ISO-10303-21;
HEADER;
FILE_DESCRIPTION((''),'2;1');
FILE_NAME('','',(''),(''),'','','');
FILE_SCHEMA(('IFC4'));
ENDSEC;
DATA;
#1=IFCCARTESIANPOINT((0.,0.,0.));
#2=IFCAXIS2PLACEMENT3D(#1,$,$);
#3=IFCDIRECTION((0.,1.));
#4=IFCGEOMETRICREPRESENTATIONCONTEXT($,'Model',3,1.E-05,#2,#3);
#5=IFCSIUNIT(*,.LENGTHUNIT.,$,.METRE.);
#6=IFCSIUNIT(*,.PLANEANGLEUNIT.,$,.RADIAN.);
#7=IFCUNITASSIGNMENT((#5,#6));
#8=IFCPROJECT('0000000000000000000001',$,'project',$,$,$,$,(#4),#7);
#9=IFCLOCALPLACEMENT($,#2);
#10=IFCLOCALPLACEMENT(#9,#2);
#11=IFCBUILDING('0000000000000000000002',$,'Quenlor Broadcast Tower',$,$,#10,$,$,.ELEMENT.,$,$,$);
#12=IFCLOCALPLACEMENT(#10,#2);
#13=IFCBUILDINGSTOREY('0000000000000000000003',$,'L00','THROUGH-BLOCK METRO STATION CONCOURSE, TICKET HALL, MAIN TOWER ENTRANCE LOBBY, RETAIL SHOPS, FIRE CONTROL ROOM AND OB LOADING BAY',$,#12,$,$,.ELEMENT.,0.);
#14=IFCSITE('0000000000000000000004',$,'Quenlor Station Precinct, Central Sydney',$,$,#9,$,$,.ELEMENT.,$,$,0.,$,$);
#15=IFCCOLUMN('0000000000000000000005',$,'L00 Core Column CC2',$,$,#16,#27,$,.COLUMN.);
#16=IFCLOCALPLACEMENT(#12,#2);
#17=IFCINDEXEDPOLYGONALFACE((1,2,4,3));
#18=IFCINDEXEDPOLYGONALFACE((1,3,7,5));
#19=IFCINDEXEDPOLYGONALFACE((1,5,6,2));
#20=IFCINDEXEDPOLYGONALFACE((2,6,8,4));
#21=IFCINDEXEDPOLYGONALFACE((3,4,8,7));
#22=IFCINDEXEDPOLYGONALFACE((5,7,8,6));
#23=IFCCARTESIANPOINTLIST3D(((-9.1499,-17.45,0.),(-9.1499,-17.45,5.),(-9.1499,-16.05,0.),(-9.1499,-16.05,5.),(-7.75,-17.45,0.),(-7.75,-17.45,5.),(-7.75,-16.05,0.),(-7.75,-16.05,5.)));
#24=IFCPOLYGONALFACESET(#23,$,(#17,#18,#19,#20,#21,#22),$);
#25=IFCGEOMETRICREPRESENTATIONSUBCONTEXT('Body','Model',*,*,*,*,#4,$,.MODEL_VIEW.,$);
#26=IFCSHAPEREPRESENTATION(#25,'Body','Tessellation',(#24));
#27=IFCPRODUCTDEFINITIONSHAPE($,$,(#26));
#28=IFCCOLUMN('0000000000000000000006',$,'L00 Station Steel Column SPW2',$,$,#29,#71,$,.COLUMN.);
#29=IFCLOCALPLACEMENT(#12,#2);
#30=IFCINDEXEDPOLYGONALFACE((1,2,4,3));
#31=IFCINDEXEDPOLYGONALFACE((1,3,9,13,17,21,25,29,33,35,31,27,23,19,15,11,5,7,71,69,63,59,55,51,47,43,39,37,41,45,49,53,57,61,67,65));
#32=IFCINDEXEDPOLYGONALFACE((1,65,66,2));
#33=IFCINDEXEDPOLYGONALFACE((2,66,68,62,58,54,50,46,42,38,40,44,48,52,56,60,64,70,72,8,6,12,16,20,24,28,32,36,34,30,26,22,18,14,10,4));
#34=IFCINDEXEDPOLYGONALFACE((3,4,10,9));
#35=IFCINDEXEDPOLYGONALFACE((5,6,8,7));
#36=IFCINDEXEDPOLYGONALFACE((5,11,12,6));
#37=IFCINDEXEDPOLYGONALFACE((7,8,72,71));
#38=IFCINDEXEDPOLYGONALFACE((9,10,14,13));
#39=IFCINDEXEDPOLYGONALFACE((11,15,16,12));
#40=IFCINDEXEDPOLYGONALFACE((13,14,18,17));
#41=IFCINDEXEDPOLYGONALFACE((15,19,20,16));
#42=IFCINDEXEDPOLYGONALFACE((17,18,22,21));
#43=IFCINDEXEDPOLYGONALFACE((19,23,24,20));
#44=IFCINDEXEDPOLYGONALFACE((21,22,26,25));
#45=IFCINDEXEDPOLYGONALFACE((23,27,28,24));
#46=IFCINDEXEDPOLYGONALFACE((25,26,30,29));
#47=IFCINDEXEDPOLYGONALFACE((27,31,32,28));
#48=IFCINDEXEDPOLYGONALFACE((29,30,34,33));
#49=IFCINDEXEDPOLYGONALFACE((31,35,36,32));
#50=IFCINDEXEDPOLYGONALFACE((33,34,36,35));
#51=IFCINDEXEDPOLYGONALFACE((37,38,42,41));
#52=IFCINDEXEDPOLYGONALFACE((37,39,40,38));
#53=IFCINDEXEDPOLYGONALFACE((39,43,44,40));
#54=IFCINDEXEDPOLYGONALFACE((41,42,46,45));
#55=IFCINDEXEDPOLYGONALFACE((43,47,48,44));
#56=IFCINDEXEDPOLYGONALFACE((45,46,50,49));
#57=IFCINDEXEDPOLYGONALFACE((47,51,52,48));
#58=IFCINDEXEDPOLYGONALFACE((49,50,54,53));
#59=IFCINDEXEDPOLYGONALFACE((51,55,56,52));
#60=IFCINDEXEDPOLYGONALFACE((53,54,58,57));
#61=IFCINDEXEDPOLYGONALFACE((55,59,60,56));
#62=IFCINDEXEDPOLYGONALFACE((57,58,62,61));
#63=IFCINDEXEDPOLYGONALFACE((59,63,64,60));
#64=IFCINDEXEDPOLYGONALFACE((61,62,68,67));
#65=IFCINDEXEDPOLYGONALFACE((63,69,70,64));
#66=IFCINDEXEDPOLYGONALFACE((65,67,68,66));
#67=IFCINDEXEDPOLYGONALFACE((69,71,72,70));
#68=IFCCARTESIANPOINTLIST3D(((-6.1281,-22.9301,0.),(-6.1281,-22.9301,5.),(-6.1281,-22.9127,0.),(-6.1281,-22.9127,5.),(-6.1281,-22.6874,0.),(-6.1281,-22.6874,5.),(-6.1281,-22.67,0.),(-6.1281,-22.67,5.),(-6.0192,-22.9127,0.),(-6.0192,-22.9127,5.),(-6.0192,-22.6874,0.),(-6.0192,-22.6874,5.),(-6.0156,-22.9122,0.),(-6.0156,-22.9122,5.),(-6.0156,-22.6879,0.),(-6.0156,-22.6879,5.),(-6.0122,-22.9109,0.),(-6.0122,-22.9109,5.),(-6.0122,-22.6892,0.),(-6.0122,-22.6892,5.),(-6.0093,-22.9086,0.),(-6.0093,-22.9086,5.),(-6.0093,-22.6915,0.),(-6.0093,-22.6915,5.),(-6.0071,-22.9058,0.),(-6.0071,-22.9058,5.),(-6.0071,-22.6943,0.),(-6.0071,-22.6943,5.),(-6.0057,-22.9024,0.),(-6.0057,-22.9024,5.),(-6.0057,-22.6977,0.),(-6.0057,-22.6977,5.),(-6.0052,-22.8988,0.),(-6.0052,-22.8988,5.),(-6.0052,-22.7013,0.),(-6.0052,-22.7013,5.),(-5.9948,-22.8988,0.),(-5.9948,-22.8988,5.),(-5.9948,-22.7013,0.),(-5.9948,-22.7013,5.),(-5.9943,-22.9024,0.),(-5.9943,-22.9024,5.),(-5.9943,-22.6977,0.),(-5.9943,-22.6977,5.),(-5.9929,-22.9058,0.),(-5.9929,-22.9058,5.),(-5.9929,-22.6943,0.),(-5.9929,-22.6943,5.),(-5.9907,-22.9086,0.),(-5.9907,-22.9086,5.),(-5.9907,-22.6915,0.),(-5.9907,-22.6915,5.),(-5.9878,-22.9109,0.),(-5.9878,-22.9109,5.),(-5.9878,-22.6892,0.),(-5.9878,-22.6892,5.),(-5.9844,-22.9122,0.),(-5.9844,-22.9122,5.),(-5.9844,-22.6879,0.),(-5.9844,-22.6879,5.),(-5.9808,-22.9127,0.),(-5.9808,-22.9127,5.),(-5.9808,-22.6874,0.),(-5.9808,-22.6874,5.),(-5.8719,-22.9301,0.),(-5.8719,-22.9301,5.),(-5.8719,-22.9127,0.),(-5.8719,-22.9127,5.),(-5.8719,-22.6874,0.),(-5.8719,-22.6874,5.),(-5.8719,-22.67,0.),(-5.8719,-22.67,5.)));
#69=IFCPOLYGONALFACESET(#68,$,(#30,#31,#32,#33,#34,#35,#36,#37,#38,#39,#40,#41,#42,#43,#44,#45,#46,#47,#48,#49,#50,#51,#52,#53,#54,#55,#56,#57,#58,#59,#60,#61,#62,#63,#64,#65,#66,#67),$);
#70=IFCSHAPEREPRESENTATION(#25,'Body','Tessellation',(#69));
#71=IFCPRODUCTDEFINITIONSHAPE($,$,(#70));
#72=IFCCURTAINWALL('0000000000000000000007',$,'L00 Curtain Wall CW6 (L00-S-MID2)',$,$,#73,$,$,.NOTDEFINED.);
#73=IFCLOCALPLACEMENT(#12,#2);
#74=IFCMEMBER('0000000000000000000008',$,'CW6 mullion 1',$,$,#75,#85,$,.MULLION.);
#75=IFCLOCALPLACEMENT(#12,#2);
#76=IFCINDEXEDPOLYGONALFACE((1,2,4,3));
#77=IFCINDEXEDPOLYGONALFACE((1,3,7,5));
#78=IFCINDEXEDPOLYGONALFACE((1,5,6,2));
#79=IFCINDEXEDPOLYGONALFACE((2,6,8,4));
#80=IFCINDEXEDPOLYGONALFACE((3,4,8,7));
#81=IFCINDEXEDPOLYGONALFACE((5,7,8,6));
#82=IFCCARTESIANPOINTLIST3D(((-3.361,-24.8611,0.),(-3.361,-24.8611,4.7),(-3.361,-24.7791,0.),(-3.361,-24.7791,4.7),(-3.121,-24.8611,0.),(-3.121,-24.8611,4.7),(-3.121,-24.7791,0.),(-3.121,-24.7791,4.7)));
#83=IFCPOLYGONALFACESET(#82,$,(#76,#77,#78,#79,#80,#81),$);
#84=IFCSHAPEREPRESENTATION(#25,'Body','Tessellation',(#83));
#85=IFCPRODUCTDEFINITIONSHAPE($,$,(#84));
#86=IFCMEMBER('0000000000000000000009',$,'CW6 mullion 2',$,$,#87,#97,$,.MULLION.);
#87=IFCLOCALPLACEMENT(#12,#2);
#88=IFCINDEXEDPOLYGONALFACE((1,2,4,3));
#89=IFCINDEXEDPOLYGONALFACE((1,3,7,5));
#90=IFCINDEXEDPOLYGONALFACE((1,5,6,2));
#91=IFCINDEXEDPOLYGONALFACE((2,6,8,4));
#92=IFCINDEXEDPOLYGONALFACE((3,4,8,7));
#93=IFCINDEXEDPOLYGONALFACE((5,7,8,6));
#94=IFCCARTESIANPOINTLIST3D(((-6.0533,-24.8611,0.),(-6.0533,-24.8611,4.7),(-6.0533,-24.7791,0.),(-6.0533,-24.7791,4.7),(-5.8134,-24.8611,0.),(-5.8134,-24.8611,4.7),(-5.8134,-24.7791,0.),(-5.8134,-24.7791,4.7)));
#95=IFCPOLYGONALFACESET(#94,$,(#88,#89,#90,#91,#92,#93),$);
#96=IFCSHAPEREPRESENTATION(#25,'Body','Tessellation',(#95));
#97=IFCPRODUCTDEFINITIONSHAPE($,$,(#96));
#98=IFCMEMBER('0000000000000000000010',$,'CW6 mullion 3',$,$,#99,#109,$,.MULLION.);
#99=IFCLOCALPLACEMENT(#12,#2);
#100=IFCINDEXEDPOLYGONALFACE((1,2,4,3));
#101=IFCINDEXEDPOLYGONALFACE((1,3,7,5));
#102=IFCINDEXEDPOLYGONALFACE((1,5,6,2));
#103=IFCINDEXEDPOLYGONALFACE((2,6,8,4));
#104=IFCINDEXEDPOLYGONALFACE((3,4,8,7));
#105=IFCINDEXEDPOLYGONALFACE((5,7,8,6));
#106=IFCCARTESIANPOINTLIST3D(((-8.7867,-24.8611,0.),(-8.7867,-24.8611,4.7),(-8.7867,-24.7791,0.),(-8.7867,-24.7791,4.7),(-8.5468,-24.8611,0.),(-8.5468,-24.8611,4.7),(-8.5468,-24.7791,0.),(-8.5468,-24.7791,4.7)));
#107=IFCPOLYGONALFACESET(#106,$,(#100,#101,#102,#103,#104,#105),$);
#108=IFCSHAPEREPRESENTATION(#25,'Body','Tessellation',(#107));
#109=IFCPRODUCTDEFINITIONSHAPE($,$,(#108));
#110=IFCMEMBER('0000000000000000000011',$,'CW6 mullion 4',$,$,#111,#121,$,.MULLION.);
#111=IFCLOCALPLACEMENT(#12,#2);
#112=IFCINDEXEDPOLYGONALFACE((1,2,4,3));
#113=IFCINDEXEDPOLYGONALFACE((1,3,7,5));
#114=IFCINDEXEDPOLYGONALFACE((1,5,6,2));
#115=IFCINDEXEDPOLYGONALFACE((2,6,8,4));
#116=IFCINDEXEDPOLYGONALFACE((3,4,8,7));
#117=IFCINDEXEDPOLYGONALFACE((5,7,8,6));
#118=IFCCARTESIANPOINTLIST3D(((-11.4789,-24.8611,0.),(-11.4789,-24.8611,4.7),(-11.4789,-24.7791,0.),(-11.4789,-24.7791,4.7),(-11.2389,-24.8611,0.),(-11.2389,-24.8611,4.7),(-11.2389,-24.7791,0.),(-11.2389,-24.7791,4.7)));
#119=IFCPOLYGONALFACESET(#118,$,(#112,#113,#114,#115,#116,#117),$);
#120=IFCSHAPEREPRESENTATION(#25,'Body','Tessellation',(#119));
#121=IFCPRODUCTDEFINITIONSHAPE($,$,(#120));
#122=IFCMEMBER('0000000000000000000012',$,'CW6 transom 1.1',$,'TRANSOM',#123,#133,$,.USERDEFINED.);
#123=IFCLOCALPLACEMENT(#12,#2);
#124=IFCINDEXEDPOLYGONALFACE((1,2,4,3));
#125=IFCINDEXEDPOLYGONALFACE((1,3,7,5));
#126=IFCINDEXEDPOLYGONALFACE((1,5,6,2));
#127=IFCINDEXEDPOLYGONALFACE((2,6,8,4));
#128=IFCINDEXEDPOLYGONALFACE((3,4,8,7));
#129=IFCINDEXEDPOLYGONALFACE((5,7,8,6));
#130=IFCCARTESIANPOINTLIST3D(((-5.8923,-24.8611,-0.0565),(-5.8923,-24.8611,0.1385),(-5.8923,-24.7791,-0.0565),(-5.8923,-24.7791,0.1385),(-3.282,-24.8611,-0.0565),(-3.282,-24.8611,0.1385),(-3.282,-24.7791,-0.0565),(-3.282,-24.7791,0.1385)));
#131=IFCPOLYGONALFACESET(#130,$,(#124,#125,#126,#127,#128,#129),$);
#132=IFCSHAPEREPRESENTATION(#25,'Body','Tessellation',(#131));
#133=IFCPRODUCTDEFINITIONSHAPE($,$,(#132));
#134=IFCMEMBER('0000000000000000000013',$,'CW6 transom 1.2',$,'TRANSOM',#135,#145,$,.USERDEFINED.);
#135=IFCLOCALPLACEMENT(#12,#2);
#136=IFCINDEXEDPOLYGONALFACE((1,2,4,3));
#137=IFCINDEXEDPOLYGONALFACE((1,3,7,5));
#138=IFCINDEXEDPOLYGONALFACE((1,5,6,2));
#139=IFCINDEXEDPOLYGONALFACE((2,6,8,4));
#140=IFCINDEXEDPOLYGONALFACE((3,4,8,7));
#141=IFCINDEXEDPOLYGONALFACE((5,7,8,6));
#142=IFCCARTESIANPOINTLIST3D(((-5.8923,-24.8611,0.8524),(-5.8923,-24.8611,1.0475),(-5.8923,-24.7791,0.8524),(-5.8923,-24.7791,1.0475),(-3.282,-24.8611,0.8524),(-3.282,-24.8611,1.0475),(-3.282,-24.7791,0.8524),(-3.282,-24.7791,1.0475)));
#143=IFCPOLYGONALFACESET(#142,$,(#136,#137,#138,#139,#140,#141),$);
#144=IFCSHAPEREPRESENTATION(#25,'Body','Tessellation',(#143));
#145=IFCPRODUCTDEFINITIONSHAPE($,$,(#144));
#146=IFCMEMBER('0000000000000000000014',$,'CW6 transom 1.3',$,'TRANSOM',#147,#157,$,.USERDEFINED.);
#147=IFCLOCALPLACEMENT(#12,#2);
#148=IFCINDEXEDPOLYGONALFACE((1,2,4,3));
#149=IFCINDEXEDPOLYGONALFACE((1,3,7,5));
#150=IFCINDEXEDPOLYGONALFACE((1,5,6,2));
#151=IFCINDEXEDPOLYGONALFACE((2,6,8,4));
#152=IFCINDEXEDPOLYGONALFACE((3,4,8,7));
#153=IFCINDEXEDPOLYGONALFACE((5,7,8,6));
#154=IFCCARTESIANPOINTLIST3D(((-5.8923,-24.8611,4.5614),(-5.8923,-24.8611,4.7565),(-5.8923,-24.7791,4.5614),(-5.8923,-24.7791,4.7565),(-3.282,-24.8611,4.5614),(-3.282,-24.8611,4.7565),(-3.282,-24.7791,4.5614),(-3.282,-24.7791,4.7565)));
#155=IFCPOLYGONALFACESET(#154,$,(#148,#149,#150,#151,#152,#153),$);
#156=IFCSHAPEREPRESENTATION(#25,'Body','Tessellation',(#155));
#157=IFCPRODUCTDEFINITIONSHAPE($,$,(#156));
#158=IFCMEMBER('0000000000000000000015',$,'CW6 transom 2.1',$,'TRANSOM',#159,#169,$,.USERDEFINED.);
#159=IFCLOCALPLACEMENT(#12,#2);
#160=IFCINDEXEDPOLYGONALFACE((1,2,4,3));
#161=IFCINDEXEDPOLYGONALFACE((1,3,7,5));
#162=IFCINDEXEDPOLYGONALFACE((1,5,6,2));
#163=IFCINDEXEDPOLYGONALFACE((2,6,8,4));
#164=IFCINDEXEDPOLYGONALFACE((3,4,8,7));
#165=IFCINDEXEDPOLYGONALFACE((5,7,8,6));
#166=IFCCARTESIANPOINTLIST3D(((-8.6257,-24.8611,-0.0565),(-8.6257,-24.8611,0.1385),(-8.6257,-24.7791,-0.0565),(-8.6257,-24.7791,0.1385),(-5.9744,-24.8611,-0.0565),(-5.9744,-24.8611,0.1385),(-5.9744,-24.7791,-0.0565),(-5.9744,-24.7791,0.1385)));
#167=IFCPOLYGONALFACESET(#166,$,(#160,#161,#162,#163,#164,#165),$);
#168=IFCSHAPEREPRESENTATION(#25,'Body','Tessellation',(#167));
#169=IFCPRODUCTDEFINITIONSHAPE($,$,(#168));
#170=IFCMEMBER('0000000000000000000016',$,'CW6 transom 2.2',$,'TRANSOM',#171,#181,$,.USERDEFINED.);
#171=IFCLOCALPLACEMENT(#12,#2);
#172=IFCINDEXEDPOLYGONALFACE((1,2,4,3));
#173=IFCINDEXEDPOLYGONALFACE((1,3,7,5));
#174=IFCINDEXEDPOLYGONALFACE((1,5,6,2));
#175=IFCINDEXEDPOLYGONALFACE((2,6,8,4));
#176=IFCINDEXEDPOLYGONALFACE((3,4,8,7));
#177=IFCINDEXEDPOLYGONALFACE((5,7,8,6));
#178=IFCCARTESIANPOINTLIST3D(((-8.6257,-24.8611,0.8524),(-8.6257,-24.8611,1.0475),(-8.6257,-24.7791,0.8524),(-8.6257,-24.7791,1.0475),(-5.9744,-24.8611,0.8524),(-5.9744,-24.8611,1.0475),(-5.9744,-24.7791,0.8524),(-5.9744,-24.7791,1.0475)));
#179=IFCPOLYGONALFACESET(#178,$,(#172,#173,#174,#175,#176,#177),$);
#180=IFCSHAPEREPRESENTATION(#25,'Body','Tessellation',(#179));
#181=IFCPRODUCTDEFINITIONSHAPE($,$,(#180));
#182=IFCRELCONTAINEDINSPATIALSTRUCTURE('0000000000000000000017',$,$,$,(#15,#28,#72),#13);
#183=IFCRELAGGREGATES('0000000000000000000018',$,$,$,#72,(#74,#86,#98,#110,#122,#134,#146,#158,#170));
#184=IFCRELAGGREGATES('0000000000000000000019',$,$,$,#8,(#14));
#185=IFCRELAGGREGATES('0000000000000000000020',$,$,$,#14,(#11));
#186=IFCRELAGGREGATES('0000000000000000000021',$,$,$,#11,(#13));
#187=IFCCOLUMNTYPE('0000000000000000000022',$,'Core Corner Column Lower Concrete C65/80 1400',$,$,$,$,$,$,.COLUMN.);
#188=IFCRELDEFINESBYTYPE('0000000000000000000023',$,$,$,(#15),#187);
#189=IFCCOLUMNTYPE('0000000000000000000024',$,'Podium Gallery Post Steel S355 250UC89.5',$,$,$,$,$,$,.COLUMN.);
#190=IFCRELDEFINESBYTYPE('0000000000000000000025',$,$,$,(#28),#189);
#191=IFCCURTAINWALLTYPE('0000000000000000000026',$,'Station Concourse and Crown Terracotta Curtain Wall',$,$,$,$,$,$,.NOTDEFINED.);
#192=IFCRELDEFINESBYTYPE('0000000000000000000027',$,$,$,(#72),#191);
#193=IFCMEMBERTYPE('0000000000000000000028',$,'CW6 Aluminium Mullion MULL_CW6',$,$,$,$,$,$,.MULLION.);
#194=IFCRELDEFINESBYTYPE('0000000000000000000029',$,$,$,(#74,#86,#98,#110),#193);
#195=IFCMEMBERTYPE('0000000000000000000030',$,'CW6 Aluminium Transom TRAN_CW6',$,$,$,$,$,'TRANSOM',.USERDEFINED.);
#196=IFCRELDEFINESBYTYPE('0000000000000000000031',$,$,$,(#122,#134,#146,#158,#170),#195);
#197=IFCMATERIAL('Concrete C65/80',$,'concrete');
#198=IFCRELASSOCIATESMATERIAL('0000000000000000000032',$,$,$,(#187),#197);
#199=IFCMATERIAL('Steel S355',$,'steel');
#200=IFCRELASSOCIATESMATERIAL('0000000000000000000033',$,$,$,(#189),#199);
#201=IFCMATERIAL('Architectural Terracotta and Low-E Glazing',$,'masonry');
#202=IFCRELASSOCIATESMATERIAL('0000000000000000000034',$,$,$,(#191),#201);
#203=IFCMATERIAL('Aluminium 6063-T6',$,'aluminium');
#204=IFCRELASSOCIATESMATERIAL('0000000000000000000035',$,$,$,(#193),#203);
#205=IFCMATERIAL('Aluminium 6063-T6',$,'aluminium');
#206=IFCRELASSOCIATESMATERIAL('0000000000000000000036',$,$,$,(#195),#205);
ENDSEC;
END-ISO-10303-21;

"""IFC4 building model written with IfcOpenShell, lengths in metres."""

from ifc_helpers import new_model, si_unit, direction, frame, origin, origin_2d, place, context, subcontext, project, spatial, rectangle, i_section, extrude, material, material_profile, profile_set, type_object, element, aggregate, save


model = new_model("IFC4")

# Units and contexts
model_context = context("Model", 3, precision=1e-05, world=origin(), true_north=direction((0.0, 1.0)))
body_context = subcontext(model_context, "Body", "Model", "MODEL_VIEW")
ifc_project = project(units=[si_unit("LENGTHUNIT", "METRE"), si_unit("PLANEANGLEUNIT", "RADIAN")], contexts=[model_context])

# Site, building, storey
site_placement = place(None, origin())
site = spatial("IfcSite", under=ifc_project, at=site_placement, Name="Quenlor Station Precinct, Central Sydney", CompositionType="ELEMENT", RefElevation=0.0)
building_placement = place(site_placement, origin())
building = spatial("IfcBuilding", under=site, at=building_placement, Name="Quenlor Broadcast Tower", CompositionType="ELEMENT")
storey_placement = place(building_placement, origin())
storey = spatial("IfcBuildingStorey", under=building, at=storey_placement, Name="L00", Description="THROUGH-BLOCK METRO STATION CONCOURSE, TICKET HALL, MAIN TOWER ENTRANCE LOBBY, RETAIL SHOPS, FIRE CONTROL ROOM AND OB LOADING BAY", CompositionType="ELEMENT", Elevation=0.0)

# Columns
ifc_material_1 = material(Name="Concrete C65/80", Category="concrete")
ifc_material_profile_1 = material_profile(ifc_material_1, rectangle(XDim=1.3999, YDim=1.3999, at=origin_2d()))
ifc_profile_set_1 = profile_set([ifc_material_profile_1], Name="Concrete C65/80 RC1400x1400")
column_type_1 = type_object("IfcColumnType", Name="Core Corner Column Lower Concrete C65/80 1400", PredefinedType="COLUMN", material=ifc_profile_set_1)
column_1_placement = place(storey_placement, frame((-8.45, -16.75, 0.0), z_axis=(0.0, 0.0, 1.0), x_axis=(1.0, 0.0, 0.0)))
element("IfcColumn", 1, at=column_1_placement, inside=storey, type_object=column_type_1, Name="L00 Core Column CC2", PredefinedType="COLUMN", context=body_context, shape_type="SweptSolid", body=[
    extrude(rectangle(XDim=1.3999, YDim=1.3999, at=origin_2d()), origin(), (0.0, 0.0, 1.0), 5.0),
])
ifc_material_2 = material(Name="Steel S355", Category="steel")
ifc_material_profile_2 = material_profile(ifc_material_2, i_section(OverallWidth=0.2561, OverallDepth=0.26, WebThickness=0.0105, FlangeThickness=0.0173, FilletRadius=0.0139, at=origin_2d()))
ifc_profile_set_2 = profile_set([ifc_material_profile_2], Name="Steel S355 250UC89.5")
column_type_2 = type_object("IfcColumnType", Name="Podium Gallery Post Steel S355 250UC89.5", PredefinedType="COLUMN", material=ifc_profile_set_2)
column_2_placement = place(storey_placement, frame((-6.0, -22.8, 0.0), z_axis=(0.0, 0.0, 1.0), x_axis=(1.0, 0.0, 0.0)))
element("IfcColumn", 2, at=column_2_placement, inside=storey, type_object=column_type_2, Name="L00 Station Steel Column SPW2", PredefinedType="COLUMN", context=body_context, shape_type="SweptSolid", body=[
    extrude(i_section(OverallWidth=0.2561, OverallDepth=0.26, WebThickness=0.0105, FlangeThickness=0.0173, FilletRadius=0.0139, at=origin_2d()), origin(), (0.0, 0.0, 1.0), 5.0),
])

# Curtain wall, members
ifc_material_3 = material(Name="Architectural Terracotta and Low-E Glazing", Category="masonry")
curtain_wall_type = type_object("IfcCurtainWallType", Name="Station Concourse and Crown Terracotta Curtain Wall", PredefinedType="NOTDEFINED", material=ifc_material_3)
curtain_wall_placement = place(storey_placement, origin())
curtain_wall = element("IfcCurtainWall", 3, at=curtain_wall_placement, inside=storey, type_object=curtain_wall_type, Name="L00 Curtain Wall CW6 (L00-S-MID2)", PredefinedType="NOTDEFINED")
ifc_material_4 = material(Name="Aluminium 6063-T6", Category="aluminium")
ifc_material_profile_3 = material_profile(ifc_material_4, rectangle(XDim=0.082, YDim=0.24, at=origin_2d()))
ifc_profile_set_3 = profile_set([ifc_material_profile_3], Name="Aluminium 6063-T6 MULL82x240")
member_type_1 = type_object("IfcMemberType", Name="CW6 Aluminium Mullion MULL_CW6", PredefinedType="MULLION", material=ifc_profile_set_3)
member_1_placement = place(storey_placement, frame((-3.241, -24.8201, 0.0), z_axis=(0.0, 0.0, 1.0), x_axis=(0.0, -1.0, 0.0)))
member_1 = element("IfcMember", 4, at=member_1_placement, type_object=member_type_1, Name="CW6 mullion 1", PredefinedType="MULLION", context=body_context, shape_type="SweptSolid", body=[
    extrude(rectangle(XDim=0.082, YDim=0.24, at=origin_2d()), origin(), (0.0, 0.0, 1.0), 4.7),
])
member_2_placement = place(storey_placement, frame((-5.9333, -24.8201, 0.0), z_axis=(0.0, 0.0, 1.0), x_axis=(0.0, -1.0, 0.0)))
member_2 = element("IfcMember", 5, at=member_2_placement, type_object=member_type_1, Name="CW6 mullion 2", PredefinedType="MULLION", context=body_context, shape_type="SweptSolid", body=[
    extrude(rectangle(XDim=0.082, YDim=0.24, at=origin_2d()), origin(), (0.0, 0.0, 1.0), 4.7),
])
member_3_placement = place(storey_placement, frame((-8.6667, -24.8201, 0.0), z_axis=(0.0, 0.0, 1.0), x_axis=(0.0, -1.0, 0.0)))
member_3 = element("IfcMember", 6, at=member_3_placement, type_object=member_type_1, Name="CW6 mullion 3", PredefinedType="MULLION", context=body_context, shape_type="SweptSolid", body=[
    extrude(rectangle(XDim=0.082, YDim=0.24, at=origin_2d()), origin(), (0.0, 0.0, 1.0), 4.7),
])
member_4_placement = place(storey_placement, frame((-11.3589, -24.8201, 0.0), z_axis=(0.0, 0.0, 1.0), x_axis=(0.0, -1.0, 0.0)))
member_4 = element("IfcMember", 7, at=member_4_placement, type_object=member_type_1, Name="CW6 mullion 4", PredefinedType="MULLION", context=body_context, shape_type="SweptSolid", body=[
    extrude(rectangle(XDim=0.082, YDim=0.24, at=origin_2d()), origin(), (0.0, 0.0, 1.0), 4.7),
])
ifc_material_5 = material(Name="Aluminium 6063-T6", Category="aluminium")
ifc_material_profile_4 = material_profile(ifc_material_5, rectangle(XDim=0.082, YDim=0.1951, at=origin_2d()))
ifc_profile_set_4 = profile_set([ifc_material_profile_4], Name="Aluminium 6063-T6 TRAN82x195")
member_type_2 = type_object("IfcMemberType", Name="CW6 Aluminium Transom TRAN_CW6", ElementType="TRANSOM", PredefinedType="USERDEFINED", material=ifc_profile_set_4)
member_5_placement = place(storey_placement, frame((-3.282, -24.8201, 0.041), z_axis=(-1.0, 0.0, 0.0), x_axis=(0.0, -1.0, 0.0)))
member_5 = element("IfcMember", 8, at=member_5_placement, type_object=member_type_2, Name="CW6 transom 1.1", ObjectType="TRANSOM", PredefinedType="USERDEFINED", context=body_context, shape_type="SweptSolid", body=[
    extrude(rectangle(XDim=0.082, YDim=0.1951, at=origin_2d()), origin(), (0.0, 0.0, 1.0), 2.6104),
])
member_6_placement = place(storey_placement, frame((-3.282, -24.8201, 0.95), z_axis=(-1.0, 0.0, 0.0), x_axis=(0.0, -1.0, 0.0)))
member_6 = element("IfcMember", 9, at=member_6_placement, type_object=member_type_2, Name="CW6 transom 1.2", ObjectType="TRANSOM", PredefinedType="USERDEFINED", context=body_context, shape_type="SweptSolid", body=[
    extrude(rectangle(XDim=0.082, YDim=0.1951, at=origin_2d()), origin(), (0.0, 0.0, 1.0), 2.6104),
])
member_7_placement = place(storey_placement, frame((-3.282, -24.8201, 4.6589), z_axis=(-1.0, 0.0, 0.0), x_axis=(0.0, -1.0, 0.0)))
member_7 = element("IfcMember", 10, at=member_7_placement, type_object=member_type_2, Name="CW6 transom 1.3", ObjectType="TRANSOM", PredefinedType="USERDEFINED", context=body_context, shape_type="SweptSolid", body=[
    extrude(rectangle(XDim=0.082, YDim=0.1951, at=origin_2d()), origin(), (0.0, 0.0, 1.0), 2.6104),
])
member_8_placement = place(storey_placement, frame((-5.9744, -24.8201, 0.041), z_axis=(-1.0, 0.0, 0.0), x_axis=(0.0, -1.0, 0.0)))
member_8 = element("IfcMember", 11, at=member_8_placement, type_object=member_type_2, Name="CW6 transom 2.1", ObjectType="TRANSOM", PredefinedType="USERDEFINED", context=body_context, shape_type="SweptSolid", body=[
    extrude(rectangle(XDim=0.082, YDim=0.1951, at=origin_2d()), origin(), (0.0, 0.0, 1.0), 2.6514),
])
member_9_placement = place(storey_placement, frame((-5.9744, -24.8201, 0.95), z_axis=(-1.0, 0.0, 0.0), x_axis=(0.0, -1.0, 0.0)))
member_9 = element("IfcMember", 12, at=member_9_placement, type_object=member_type_2, Name="CW6 transom 2.2", ObjectType="TRANSOM", PredefinedType="USERDEFINED", context=body_context, shape_type="SweptSolid", body=[
    extrude(rectangle(XDim=0.082, YDim=0.1951, at=origin_2d()), origin(), (0.0, 0.0, 1.0), 2.6514),
])

aggregate(curtain_wall, [member_1, member_2, member_3, member_4, member_5, member_6, member_7, member_8, member_9])

save(model, "model.ifc")
